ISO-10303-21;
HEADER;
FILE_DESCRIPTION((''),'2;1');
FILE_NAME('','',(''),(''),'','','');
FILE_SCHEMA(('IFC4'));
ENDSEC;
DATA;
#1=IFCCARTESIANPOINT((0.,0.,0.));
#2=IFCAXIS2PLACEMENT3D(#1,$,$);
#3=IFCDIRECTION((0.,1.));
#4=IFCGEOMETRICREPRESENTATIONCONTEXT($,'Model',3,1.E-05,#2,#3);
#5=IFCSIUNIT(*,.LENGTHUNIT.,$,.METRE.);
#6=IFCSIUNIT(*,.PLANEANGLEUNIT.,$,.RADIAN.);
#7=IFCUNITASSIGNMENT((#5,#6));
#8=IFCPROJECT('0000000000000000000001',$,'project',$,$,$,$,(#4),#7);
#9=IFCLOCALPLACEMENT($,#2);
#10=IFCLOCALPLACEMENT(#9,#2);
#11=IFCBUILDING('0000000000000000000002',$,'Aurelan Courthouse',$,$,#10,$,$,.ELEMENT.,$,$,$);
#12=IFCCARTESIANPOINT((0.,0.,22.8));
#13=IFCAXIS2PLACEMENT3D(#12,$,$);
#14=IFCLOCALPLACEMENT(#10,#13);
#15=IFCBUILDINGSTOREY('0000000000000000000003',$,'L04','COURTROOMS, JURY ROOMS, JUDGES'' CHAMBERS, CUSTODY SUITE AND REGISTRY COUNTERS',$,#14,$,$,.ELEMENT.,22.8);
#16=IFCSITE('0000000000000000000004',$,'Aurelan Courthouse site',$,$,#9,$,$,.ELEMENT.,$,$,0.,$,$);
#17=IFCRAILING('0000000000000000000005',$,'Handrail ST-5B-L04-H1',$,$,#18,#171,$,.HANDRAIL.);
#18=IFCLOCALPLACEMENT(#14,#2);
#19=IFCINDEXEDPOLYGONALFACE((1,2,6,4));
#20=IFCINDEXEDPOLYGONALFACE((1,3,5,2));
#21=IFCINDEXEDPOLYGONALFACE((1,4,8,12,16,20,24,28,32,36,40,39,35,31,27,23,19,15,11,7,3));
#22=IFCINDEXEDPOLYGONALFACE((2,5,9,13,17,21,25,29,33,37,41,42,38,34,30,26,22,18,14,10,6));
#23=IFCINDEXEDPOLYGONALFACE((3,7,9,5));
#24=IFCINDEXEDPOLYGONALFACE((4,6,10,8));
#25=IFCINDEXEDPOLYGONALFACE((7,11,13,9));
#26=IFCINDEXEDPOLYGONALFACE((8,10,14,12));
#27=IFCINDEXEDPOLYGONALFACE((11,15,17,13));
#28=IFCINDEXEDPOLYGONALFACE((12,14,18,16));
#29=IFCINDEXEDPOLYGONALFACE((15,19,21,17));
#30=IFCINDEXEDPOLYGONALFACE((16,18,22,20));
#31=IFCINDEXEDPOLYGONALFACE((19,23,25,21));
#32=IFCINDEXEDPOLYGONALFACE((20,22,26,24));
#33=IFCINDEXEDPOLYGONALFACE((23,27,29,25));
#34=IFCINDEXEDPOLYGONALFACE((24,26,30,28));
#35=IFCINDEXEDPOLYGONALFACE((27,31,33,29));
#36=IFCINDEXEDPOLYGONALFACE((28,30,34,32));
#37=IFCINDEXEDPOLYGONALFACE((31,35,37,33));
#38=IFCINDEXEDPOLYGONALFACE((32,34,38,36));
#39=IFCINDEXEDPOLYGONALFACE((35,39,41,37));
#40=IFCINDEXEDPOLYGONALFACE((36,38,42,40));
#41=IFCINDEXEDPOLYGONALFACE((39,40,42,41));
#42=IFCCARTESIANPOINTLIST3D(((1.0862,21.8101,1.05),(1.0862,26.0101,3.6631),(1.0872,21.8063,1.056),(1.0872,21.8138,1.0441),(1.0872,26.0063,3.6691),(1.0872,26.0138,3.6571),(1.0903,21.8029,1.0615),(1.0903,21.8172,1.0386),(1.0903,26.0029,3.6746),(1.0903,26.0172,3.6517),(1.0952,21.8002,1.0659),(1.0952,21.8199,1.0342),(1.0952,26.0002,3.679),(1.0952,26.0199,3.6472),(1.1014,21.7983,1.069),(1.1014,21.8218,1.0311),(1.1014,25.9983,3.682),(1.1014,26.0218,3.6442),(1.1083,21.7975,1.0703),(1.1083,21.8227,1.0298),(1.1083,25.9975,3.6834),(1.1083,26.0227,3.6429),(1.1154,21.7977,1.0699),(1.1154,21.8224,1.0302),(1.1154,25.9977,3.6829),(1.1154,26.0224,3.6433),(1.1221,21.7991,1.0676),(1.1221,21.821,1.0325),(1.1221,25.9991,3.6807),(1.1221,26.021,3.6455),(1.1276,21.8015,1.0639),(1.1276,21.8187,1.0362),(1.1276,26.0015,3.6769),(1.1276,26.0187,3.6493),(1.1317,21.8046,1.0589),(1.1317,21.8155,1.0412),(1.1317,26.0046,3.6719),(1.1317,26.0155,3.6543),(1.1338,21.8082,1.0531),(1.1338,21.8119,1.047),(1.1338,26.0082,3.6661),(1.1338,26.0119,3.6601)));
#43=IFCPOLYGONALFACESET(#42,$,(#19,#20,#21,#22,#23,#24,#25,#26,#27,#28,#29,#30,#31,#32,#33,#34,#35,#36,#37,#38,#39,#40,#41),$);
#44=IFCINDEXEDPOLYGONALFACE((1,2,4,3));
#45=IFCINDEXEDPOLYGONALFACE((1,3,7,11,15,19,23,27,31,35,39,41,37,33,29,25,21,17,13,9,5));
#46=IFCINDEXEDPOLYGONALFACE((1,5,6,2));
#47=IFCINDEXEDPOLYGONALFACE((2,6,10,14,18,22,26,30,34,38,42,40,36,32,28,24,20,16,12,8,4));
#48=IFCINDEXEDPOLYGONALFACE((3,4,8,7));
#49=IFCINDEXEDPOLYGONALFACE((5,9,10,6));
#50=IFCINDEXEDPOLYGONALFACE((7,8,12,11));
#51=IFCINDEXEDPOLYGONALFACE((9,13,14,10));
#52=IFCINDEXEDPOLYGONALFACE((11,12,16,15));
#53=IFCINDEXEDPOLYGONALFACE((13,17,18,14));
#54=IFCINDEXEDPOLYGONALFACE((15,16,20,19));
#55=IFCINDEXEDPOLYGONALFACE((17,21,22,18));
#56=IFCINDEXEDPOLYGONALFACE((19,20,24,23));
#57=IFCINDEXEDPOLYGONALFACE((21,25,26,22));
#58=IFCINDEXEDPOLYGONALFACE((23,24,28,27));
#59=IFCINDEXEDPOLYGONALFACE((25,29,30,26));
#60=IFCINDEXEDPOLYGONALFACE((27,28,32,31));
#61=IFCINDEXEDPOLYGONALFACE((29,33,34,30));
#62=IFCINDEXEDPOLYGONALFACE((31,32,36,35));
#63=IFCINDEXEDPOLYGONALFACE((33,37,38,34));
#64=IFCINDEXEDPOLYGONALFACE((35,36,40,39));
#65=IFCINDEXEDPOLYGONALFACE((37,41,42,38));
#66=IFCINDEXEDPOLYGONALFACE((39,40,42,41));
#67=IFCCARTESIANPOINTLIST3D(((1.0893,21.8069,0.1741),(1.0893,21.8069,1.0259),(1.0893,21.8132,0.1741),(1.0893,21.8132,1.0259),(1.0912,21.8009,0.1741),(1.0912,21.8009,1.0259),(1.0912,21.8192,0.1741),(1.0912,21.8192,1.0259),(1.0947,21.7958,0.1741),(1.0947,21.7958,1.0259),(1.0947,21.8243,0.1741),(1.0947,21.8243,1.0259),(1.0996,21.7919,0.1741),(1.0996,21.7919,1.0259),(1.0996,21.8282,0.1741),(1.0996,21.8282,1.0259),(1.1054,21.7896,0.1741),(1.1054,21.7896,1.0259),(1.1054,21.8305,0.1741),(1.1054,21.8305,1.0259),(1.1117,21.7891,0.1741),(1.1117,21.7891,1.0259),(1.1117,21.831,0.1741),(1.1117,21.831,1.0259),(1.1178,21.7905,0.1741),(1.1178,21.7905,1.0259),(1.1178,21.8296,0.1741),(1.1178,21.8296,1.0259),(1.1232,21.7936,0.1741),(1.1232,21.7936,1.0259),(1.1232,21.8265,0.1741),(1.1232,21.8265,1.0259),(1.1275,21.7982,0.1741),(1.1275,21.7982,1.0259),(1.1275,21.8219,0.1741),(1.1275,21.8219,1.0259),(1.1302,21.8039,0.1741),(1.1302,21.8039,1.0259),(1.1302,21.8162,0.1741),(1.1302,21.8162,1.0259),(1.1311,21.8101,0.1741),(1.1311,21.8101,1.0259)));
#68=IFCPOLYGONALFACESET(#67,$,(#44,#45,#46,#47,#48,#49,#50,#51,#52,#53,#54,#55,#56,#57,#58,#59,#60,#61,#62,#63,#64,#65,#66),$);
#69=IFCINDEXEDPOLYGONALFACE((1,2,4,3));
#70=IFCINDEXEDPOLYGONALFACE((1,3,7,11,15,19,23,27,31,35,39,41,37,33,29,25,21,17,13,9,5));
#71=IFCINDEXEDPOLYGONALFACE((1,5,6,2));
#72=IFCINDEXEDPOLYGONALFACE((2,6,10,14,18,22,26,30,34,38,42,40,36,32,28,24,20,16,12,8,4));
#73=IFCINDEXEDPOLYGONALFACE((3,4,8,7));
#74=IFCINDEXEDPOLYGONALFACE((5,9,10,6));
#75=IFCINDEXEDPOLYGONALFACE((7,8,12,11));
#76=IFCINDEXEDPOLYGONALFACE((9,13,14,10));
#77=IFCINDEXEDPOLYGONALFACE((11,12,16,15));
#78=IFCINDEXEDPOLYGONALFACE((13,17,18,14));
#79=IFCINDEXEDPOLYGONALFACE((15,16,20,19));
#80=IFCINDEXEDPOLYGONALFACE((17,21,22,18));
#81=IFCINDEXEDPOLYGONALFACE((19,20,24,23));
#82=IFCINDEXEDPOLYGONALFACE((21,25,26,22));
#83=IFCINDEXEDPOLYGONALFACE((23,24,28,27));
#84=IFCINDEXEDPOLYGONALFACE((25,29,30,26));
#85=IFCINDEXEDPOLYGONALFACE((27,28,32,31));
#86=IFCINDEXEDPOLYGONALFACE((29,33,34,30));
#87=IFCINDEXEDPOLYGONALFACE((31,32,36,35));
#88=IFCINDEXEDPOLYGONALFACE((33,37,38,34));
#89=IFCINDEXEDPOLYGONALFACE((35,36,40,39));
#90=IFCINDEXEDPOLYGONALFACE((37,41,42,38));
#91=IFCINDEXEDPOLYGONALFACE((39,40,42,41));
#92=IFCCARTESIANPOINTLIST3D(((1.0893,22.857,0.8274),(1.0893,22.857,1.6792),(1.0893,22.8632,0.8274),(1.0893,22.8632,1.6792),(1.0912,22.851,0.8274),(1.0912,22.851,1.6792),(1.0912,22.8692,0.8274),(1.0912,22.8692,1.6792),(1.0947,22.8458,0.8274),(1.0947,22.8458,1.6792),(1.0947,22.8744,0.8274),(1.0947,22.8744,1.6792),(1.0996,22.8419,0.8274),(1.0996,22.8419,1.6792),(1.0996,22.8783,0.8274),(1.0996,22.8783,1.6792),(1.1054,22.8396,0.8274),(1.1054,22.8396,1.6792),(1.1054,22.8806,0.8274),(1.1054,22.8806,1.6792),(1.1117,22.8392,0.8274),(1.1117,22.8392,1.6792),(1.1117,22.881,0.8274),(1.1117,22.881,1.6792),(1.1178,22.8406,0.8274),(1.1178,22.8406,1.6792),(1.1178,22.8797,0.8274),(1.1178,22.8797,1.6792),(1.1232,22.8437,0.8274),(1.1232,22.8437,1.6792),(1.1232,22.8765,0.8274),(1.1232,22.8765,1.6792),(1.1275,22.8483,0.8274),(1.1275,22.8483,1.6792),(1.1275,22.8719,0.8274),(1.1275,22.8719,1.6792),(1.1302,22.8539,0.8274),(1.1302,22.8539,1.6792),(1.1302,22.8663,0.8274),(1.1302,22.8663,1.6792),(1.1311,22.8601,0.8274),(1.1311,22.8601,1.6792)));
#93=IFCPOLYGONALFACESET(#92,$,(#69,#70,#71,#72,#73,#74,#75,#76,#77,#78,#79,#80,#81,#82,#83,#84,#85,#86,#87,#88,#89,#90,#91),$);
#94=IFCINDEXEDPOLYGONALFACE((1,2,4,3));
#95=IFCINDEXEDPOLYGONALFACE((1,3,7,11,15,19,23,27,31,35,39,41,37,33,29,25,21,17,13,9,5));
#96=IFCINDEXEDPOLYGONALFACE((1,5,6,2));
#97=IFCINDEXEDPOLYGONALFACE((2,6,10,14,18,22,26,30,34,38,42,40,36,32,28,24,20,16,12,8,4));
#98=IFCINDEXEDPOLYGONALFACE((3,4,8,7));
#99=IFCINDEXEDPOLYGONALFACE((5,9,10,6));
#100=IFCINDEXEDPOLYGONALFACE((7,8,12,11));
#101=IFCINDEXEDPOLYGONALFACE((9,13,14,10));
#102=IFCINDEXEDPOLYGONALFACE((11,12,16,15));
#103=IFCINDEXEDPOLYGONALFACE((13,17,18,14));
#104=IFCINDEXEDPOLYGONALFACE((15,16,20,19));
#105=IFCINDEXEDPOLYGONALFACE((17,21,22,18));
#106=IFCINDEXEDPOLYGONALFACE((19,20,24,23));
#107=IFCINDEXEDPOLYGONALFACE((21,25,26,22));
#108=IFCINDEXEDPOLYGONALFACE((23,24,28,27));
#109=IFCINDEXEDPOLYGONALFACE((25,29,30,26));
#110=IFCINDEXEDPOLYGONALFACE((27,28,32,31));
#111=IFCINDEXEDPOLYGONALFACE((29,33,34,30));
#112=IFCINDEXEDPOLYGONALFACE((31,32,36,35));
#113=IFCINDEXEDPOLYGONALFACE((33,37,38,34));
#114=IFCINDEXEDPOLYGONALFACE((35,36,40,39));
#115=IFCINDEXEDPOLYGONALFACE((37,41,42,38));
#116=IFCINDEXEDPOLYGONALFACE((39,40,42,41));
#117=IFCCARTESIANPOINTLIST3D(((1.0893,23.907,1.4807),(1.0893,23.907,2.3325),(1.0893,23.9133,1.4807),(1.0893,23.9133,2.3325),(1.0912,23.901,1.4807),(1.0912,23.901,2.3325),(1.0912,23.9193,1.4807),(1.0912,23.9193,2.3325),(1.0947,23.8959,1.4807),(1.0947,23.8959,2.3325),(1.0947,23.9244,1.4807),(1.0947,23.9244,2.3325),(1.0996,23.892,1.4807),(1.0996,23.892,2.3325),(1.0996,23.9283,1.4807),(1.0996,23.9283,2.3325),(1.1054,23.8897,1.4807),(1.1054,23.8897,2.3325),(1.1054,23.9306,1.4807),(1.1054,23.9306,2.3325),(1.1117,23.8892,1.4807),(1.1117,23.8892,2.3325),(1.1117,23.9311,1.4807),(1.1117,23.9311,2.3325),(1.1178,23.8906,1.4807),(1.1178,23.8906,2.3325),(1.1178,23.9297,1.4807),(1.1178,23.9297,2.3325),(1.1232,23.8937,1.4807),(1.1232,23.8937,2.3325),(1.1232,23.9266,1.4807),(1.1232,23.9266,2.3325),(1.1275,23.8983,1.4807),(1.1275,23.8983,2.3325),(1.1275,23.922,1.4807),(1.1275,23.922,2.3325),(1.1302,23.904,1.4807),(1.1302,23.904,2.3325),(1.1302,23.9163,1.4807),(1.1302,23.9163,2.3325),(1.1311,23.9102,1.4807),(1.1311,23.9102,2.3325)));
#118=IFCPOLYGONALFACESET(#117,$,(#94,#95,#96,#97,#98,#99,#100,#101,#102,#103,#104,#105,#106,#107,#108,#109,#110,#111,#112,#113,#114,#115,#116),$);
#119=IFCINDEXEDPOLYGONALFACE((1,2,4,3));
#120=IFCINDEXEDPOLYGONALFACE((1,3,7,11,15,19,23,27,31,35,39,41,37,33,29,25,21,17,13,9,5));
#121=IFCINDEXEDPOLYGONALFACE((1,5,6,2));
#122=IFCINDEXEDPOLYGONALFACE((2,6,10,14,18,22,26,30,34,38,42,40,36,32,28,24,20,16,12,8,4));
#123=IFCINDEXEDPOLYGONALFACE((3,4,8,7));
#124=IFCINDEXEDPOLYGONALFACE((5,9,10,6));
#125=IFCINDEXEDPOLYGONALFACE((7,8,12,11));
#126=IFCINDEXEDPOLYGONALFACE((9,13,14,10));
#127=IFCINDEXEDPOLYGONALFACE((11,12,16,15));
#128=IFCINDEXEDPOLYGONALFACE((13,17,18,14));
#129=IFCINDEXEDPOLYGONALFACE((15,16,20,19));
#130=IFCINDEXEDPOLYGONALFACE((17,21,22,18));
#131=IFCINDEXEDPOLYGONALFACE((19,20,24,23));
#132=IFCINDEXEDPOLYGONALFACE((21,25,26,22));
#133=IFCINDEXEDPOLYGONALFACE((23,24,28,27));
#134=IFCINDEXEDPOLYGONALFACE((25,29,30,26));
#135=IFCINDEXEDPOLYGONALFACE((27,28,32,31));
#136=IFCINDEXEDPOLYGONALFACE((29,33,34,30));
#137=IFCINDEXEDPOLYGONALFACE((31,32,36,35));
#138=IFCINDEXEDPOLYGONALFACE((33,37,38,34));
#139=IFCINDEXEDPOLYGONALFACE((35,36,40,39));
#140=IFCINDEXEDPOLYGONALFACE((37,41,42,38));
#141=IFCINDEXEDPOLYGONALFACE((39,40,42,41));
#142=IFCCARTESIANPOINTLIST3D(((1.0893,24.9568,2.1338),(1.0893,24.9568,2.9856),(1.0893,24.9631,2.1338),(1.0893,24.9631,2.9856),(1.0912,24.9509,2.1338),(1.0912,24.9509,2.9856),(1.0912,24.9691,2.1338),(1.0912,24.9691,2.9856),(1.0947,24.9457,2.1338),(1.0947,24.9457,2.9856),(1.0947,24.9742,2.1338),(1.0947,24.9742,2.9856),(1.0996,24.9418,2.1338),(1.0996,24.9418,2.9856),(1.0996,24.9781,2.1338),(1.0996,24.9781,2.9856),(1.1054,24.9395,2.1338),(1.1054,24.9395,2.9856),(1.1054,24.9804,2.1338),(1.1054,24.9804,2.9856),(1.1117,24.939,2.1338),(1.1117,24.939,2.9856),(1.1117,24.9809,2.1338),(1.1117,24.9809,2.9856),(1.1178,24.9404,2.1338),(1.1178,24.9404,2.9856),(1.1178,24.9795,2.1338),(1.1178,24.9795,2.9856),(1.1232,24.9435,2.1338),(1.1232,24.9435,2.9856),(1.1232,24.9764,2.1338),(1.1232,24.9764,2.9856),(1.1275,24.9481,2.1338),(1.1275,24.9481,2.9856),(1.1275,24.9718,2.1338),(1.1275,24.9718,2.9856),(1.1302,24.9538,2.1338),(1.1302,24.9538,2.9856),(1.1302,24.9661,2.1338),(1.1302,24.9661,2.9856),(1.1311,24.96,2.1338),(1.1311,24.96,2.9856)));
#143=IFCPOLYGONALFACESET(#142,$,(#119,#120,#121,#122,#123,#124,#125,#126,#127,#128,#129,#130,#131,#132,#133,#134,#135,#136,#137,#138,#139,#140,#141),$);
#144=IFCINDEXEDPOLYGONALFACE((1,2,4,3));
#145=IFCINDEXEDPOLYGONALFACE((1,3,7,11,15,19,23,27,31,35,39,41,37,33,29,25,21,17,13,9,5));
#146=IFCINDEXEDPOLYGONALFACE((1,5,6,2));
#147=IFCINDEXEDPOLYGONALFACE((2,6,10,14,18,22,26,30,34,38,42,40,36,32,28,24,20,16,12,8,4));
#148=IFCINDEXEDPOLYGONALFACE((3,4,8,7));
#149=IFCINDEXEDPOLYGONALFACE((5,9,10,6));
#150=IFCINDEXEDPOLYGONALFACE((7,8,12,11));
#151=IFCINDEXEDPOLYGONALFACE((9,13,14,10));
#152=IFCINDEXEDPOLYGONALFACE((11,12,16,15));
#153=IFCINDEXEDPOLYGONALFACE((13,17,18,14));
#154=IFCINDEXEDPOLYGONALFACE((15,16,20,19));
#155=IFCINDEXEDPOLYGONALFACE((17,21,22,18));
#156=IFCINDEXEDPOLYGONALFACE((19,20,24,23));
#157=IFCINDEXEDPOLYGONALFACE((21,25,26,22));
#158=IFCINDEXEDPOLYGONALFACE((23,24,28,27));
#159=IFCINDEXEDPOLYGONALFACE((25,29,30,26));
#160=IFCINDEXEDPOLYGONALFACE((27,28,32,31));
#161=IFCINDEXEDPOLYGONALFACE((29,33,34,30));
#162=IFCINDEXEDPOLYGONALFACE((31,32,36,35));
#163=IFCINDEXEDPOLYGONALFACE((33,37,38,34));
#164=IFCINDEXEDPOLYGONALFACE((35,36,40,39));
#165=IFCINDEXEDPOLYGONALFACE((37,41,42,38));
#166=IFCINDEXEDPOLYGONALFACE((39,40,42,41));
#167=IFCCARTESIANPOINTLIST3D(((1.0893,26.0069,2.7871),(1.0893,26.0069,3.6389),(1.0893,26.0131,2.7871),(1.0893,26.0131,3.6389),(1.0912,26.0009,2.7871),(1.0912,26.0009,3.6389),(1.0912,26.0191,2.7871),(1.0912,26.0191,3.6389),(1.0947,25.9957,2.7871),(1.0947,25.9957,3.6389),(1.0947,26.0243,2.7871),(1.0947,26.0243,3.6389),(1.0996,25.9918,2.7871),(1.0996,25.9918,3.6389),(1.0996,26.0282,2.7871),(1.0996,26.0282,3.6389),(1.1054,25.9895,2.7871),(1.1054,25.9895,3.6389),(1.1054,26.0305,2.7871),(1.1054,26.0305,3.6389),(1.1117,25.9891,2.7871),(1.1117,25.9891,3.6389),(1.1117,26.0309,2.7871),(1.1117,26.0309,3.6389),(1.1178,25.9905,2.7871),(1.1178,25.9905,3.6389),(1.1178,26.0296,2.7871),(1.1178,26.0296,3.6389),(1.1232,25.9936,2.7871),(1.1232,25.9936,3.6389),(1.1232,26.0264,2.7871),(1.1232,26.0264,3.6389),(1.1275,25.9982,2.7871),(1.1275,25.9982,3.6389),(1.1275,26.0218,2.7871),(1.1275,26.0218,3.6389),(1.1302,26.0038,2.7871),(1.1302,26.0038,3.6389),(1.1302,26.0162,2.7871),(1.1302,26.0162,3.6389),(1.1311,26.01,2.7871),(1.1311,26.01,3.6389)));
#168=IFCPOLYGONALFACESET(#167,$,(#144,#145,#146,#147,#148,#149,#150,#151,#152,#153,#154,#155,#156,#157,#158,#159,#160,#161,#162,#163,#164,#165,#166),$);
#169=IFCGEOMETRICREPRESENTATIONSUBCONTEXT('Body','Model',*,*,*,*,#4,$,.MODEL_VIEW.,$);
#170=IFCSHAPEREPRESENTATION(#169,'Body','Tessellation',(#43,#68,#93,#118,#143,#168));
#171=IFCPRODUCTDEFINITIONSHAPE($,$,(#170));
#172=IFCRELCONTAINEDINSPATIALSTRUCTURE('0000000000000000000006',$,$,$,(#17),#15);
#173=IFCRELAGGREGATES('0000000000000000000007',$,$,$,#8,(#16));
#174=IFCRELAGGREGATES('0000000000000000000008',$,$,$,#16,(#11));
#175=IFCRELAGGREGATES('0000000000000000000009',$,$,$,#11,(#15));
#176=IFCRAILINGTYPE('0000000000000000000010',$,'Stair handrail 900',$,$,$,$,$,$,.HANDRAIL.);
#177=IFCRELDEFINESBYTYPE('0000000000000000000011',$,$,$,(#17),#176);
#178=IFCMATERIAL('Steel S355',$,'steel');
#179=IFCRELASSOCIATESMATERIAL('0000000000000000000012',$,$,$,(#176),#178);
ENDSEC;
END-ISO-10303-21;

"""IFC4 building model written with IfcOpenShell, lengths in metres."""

from ifc_helpers import new_model, si_unit, direction, frame, origin, origin_2d, place, context, subcontext, project, spatial, circle, extrude, material, type_object, element, save


model = new_model("IFC4")

# Units and contexts
model_context = context("Model", 3, precision=1e-05, world=origin(), true_north=direction((0.0, 1.0)))
body_context = subcontext(model_context, "Body", "Model", "MODEL_VIEW")
ifc_project = project(units=[si_unit("LENGTHUNIT", "METRE"), si_unit("PLANEANGLEUNIT", "RADIAN")], contexts=[model_context])

# Site, building, storey
site_placement = place(None, origin())
site = spatial("IfcSite", under=ifc_project, at=site_placement, Name="Aurelan Courthouse site", CompositionType="ELEMENT", RefElevation=0.0)
building_placement = place(site_placement, origin())
building = spatial("IfcBuilding", under=site, at=building_placement, Name="Aurelan Courthouse", CompositionType="ELEMENT")
storey_placement = place(building_placement, frame((0.0, 0.0, 22.8)))
storey = spatial("IfcBuildingStorey", under=building, at=storey_placement, Name="L04", Description="COURTROOMS, JURY ROOMS, JUDGES' CHAMBERS, CUSTODY SUITE AND REGISTRY COUNTERS", CompositionType="ELEMENT", Elevation=22.8)

# Railing
ifc_material_1 = material(Name="Steel S355", Category="steel")
railing_type_1 = type_object("IfcRailingType", Name="Stair handrail 900", PredefinedType="HANDRAIL", material=ifc_material_1)
for number, where, name in (
    (1, (1.1101, 21.8101, 0.1741), "Handrail ST-5B-L04-H1"),
):
    element("IfcRailing", number, at=place(storey_placement, frame(where)), inside=storey, type_object=railing_type_1, Name=name, PredefinedType="HANDRAIL", context=body_context, shape_type="SweptSolid", body=[
        extrude(circle(Radius=0.0239, at=origin_2d()), frame((0.0, 0.0, 0.876), z_axis=(0.0, 0.849081, 0.528263), x_axis=(-1.0, 0.0, 0.0)), (0.0, 0.0, 1.0), 4.9465),
        extrude(circle(Radius=0.021, at=origin_2d()), origin(), (0.0, 0.0, 1.0), 0.8518),
        extrude(circle(Radius=0.021, at=origin_2d()), frame((0.0, 1.05, 0.6533)), (0.0, 0.0, 1.0), 0.8518),
        extrude(circle(Radius=0.021, at=origin_2d()), frame((0.0, 2.1001, 1.3066)), (0.0, 0.0, 1.0), 0.8518),
        extrude(circle(Radius=0.021, at=origin_2d()), frame((0.0, 3.1499, 1.9597)), (0.0, 0.0, 1.0), 0.8518),
        extrude(circle(Radius=0.021, at=origin_2d()), frame((0.0, 4.2, 2.613)), (0.0, 0.0, 1.0), 0.8518),
    ])

save(model, "model.ifc")
